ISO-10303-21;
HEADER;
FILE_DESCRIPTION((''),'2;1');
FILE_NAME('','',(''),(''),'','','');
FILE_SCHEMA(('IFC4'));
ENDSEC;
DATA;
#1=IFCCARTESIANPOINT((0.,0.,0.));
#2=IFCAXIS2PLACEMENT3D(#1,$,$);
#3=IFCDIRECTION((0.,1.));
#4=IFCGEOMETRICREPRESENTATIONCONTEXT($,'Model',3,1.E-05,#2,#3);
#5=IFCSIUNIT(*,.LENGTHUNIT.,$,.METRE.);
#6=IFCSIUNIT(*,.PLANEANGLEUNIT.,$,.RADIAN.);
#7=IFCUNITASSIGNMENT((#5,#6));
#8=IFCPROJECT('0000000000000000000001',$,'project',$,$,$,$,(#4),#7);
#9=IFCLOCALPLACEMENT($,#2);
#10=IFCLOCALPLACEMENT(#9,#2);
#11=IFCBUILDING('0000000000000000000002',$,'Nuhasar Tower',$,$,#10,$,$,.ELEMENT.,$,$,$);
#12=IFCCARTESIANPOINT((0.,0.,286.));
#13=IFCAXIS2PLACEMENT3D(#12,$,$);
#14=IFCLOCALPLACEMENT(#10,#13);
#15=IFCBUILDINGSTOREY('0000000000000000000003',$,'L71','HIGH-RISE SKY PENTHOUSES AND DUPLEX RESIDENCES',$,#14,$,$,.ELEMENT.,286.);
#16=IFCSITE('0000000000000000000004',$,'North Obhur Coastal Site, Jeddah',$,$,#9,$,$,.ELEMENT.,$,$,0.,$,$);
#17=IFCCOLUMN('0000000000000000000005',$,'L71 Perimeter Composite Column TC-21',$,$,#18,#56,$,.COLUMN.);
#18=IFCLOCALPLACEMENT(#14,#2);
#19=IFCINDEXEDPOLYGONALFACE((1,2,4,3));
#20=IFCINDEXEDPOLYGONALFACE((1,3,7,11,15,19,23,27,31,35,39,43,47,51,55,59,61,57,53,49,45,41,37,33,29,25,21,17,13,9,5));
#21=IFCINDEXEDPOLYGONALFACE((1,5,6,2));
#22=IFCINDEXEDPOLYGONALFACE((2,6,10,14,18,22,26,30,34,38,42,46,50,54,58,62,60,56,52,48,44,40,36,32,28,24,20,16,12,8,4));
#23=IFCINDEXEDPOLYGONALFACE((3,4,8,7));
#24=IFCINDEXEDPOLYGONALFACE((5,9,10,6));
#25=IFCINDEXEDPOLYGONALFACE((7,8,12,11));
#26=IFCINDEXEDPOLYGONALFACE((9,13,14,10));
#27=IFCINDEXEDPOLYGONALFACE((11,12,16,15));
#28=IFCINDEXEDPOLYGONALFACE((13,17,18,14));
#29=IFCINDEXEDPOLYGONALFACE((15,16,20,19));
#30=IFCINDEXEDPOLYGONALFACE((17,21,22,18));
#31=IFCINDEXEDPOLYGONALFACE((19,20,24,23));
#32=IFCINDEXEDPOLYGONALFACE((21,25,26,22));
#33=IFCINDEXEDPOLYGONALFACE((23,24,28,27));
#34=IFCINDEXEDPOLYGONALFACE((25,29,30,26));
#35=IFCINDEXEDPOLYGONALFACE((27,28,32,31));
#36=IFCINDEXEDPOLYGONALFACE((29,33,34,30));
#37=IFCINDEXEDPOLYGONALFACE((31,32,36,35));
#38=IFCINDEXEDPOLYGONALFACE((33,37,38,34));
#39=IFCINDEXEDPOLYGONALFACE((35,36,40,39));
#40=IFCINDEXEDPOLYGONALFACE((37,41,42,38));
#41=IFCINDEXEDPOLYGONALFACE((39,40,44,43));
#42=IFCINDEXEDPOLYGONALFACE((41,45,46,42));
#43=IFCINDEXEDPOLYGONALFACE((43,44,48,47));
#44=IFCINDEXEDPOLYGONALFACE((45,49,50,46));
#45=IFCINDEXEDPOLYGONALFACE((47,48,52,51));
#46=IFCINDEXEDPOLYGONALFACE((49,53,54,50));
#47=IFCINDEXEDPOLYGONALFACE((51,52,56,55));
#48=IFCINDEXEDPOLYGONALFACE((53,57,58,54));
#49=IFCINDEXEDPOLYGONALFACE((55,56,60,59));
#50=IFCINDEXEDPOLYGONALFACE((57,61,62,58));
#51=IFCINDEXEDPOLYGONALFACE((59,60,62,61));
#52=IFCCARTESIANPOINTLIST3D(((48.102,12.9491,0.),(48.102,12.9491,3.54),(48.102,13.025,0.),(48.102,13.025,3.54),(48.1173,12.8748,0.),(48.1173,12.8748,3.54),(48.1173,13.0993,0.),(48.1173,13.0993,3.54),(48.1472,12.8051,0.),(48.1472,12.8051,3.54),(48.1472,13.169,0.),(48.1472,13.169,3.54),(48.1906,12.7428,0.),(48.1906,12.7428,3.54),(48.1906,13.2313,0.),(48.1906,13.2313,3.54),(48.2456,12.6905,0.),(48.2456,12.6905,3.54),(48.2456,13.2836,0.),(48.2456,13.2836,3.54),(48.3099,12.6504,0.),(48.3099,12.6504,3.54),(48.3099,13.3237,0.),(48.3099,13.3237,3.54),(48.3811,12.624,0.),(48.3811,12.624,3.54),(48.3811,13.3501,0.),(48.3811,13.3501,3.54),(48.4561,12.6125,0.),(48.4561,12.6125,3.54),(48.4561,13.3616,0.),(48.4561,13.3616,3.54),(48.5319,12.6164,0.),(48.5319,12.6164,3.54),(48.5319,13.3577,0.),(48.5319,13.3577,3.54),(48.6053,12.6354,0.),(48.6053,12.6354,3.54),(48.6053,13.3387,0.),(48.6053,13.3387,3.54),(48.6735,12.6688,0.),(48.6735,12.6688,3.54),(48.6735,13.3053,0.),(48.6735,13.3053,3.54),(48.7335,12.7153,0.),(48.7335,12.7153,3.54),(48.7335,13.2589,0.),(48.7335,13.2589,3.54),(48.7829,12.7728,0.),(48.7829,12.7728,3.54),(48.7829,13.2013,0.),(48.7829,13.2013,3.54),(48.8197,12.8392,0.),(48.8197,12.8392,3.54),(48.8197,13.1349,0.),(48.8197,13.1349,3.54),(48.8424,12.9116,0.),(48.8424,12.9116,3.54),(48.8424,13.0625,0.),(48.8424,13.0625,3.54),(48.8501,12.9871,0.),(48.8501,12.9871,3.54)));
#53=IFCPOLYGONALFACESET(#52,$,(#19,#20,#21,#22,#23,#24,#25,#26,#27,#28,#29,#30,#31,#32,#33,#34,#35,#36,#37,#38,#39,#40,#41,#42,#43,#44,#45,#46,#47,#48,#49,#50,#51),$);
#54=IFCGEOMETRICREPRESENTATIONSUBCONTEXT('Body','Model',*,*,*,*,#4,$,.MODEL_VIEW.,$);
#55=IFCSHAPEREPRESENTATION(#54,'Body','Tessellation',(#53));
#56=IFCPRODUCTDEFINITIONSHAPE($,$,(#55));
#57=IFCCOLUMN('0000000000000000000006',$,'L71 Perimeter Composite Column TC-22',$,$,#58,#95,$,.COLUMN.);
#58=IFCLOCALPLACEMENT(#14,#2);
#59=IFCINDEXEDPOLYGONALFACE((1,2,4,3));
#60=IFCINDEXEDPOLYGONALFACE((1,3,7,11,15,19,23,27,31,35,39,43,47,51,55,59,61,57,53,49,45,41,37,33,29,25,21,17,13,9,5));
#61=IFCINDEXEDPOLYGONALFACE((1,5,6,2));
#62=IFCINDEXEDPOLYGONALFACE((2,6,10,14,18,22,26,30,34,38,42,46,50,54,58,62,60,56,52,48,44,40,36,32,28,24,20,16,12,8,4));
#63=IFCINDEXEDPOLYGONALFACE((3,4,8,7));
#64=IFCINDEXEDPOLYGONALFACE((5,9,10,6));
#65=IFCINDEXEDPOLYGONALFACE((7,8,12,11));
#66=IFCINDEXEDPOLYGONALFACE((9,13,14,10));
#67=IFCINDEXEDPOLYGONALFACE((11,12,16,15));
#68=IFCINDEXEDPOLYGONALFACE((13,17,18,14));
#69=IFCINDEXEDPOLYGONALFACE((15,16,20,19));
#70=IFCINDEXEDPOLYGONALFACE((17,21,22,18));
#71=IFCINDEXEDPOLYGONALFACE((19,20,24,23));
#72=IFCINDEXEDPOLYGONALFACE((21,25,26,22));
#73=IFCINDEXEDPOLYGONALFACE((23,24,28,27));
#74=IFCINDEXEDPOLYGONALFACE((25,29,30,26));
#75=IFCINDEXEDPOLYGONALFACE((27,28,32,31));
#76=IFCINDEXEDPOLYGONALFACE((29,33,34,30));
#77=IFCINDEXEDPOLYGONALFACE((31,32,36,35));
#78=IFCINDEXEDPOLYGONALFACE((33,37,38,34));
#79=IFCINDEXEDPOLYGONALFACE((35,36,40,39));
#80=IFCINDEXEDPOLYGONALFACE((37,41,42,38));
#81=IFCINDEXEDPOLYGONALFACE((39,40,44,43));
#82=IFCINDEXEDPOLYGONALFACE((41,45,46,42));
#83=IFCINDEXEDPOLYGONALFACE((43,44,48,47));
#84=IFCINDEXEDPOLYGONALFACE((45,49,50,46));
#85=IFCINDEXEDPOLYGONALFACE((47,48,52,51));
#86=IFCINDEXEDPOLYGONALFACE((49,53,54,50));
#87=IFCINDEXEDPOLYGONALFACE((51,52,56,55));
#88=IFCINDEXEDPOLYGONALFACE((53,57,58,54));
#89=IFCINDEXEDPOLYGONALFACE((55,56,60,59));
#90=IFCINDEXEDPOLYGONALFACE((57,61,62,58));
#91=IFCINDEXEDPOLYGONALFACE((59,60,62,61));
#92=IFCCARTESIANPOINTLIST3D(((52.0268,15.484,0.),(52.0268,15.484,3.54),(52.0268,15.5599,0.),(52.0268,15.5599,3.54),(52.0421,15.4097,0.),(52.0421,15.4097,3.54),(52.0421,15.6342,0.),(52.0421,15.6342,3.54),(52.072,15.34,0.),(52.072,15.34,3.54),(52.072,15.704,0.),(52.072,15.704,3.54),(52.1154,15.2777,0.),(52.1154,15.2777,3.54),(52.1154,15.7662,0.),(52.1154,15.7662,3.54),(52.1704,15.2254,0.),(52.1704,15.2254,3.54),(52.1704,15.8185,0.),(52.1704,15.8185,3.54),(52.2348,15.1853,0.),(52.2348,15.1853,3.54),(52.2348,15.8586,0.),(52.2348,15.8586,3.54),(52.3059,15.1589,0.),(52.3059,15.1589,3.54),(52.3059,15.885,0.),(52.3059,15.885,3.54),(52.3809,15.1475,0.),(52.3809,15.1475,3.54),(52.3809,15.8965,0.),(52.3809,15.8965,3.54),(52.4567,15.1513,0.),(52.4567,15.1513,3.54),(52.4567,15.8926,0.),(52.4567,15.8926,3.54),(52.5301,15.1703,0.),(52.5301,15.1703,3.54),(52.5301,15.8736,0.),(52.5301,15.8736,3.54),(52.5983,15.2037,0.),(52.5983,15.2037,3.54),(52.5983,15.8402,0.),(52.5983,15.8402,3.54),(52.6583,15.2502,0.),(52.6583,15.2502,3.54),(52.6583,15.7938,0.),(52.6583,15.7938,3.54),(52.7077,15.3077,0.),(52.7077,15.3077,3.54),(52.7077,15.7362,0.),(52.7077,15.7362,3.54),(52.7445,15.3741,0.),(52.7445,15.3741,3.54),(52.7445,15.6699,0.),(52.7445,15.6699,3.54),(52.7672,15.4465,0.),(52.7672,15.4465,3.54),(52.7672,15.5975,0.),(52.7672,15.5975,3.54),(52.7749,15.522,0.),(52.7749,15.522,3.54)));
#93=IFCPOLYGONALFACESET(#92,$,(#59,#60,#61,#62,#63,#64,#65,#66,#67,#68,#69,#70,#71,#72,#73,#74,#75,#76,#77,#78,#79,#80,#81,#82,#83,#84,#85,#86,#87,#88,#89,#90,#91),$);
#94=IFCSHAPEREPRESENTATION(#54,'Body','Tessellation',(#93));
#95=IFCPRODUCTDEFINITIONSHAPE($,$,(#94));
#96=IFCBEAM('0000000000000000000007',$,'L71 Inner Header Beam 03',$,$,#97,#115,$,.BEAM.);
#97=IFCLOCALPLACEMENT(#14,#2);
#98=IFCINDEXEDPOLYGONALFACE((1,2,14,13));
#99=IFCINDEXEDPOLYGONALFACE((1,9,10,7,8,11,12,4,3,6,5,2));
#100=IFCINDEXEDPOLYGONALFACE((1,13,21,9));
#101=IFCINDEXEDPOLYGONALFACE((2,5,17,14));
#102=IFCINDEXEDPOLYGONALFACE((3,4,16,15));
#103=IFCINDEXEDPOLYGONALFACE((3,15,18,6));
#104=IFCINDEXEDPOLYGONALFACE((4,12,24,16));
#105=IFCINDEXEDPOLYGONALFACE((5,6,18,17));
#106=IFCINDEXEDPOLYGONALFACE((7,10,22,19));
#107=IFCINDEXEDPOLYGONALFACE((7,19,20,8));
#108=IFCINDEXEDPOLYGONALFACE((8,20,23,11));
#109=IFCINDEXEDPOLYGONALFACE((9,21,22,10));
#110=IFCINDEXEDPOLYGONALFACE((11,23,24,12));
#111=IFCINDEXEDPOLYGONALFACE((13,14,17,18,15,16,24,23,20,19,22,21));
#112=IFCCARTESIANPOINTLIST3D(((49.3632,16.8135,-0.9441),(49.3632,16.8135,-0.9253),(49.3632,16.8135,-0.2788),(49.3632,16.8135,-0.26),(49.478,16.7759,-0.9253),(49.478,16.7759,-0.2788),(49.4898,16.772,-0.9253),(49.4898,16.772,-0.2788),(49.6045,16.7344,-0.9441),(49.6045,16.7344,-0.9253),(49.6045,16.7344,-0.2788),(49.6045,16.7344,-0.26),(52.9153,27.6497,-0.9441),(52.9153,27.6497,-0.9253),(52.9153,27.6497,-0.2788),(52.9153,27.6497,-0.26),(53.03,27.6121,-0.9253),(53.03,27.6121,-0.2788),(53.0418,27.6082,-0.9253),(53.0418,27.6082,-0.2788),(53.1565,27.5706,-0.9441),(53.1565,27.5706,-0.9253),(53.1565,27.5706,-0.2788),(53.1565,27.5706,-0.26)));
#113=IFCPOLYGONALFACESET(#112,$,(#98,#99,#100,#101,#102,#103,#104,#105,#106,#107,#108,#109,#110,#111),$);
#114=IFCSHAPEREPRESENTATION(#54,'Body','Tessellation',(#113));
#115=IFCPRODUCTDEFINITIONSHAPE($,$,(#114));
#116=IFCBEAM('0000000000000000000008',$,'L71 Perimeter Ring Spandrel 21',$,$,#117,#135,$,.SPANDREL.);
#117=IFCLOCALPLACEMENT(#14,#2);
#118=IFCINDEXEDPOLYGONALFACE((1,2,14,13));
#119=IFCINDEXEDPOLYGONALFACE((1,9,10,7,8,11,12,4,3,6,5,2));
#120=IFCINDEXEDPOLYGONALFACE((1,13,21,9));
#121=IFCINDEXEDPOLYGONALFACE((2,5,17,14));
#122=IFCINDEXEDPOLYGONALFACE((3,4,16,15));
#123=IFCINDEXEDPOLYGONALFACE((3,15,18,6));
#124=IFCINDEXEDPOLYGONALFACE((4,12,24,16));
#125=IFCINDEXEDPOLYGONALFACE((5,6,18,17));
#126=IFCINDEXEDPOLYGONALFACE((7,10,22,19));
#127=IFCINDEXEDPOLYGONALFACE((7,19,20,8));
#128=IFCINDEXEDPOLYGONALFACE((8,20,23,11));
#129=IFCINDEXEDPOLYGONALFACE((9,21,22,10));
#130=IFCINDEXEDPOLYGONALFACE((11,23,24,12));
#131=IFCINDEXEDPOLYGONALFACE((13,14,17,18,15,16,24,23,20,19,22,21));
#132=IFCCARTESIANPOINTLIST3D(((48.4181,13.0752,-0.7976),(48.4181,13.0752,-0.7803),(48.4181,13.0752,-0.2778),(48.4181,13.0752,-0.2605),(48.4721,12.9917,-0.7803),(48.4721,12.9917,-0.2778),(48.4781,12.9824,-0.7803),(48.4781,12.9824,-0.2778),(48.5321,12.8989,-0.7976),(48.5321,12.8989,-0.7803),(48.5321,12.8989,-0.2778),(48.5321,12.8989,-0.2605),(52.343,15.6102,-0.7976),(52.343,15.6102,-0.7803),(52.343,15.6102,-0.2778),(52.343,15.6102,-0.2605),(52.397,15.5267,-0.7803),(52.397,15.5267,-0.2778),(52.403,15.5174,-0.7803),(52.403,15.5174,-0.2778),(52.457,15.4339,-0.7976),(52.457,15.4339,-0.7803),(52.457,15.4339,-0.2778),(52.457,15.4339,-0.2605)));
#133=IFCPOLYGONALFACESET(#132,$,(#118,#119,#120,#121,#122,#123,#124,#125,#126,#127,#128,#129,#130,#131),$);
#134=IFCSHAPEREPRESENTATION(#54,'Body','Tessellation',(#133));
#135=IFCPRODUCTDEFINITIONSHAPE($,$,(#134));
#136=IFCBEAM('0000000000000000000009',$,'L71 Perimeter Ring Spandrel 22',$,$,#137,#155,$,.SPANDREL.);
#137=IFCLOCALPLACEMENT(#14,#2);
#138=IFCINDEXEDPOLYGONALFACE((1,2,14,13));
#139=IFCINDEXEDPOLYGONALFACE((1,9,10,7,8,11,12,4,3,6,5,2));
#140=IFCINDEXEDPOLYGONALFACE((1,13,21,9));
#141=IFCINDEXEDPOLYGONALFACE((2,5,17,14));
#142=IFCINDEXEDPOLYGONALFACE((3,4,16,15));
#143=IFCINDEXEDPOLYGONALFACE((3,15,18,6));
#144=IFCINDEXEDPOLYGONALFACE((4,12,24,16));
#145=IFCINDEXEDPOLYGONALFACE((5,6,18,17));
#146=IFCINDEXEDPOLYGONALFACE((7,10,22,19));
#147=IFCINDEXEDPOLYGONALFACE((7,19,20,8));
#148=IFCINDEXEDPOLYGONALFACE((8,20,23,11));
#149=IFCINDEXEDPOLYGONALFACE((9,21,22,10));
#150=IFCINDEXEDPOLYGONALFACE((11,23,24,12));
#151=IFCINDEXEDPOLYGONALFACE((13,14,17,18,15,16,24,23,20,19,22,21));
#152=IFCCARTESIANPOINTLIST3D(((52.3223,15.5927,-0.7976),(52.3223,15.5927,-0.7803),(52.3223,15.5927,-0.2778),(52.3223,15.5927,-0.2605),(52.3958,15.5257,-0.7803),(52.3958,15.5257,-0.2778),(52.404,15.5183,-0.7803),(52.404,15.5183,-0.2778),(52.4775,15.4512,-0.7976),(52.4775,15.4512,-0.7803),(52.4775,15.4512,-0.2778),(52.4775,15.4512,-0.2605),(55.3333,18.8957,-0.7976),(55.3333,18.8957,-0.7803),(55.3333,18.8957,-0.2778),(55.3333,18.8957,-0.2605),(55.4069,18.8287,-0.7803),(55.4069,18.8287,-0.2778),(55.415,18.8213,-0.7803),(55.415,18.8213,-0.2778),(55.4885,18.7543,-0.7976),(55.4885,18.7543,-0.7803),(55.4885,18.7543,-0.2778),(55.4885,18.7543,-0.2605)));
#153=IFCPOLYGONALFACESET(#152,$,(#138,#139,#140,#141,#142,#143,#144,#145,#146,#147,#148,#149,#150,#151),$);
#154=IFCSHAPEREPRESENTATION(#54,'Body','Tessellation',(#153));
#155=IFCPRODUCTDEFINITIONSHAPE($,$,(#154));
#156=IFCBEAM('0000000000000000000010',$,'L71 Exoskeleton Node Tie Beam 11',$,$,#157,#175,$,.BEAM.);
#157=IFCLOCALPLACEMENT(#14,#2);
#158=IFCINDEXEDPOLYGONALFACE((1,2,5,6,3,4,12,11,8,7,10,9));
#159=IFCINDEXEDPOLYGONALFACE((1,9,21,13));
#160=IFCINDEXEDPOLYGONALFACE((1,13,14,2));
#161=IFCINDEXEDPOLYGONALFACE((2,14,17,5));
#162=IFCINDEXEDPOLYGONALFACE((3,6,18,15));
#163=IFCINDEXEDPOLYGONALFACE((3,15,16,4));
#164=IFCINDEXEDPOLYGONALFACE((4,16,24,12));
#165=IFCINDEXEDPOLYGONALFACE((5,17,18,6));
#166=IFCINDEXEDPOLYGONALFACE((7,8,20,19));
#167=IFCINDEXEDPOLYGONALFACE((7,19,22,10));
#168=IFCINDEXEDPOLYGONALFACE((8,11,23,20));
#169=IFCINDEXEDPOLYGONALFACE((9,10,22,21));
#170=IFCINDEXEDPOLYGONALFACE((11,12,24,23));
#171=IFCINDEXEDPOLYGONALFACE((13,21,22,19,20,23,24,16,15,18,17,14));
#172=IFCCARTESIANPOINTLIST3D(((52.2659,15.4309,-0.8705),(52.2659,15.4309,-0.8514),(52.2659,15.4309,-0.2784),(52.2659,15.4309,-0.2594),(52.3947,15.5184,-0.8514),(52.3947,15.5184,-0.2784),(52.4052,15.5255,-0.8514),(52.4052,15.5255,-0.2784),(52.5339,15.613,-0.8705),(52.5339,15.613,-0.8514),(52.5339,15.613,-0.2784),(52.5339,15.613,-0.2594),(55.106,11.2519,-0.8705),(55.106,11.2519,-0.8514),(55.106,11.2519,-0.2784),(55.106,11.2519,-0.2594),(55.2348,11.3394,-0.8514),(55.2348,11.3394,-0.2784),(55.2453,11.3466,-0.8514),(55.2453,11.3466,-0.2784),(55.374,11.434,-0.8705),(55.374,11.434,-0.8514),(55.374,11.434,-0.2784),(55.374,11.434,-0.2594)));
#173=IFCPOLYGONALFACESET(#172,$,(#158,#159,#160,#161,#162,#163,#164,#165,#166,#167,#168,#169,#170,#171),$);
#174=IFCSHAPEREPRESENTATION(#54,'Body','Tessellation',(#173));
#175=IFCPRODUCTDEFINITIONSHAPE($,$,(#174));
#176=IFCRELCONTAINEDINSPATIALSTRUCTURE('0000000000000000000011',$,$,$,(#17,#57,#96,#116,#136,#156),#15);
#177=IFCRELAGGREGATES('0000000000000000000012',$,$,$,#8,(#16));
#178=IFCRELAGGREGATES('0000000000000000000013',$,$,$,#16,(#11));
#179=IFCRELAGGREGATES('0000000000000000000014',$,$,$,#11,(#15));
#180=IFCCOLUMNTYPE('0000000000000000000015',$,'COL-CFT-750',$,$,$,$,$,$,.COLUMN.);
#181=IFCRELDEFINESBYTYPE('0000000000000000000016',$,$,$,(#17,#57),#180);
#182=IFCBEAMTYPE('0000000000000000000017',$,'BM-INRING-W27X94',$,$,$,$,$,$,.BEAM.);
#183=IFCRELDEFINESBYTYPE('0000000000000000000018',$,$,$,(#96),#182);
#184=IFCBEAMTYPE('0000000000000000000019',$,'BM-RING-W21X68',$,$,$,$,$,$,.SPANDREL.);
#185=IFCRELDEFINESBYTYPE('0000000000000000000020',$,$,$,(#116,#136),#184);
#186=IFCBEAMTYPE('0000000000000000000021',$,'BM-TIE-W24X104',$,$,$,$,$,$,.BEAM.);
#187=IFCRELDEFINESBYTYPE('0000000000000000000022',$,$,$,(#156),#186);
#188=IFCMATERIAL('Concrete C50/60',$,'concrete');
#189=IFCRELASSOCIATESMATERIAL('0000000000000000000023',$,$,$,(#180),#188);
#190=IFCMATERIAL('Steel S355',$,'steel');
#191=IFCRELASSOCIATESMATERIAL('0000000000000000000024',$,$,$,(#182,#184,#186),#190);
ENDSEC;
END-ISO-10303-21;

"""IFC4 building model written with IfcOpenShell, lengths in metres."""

from ifc_helpers import new_model, si_unit, direction, frame, origin, origin_2d, place, context, subcontext, project, spatial, circle, i_section, extrude, material, material_profile, profile_set, type_object, element, save


model = new_model("IFC4")

# Units and contexts
model_context = context("Model", 3, precision=1e-05, world=origin(), true_north=direction((0.0, 1.0)))
body_context = subcontext(model_context, "Body", "Model", "MODEL_VIEW")
ifc_project = project(units=[si_unit("LENGTHUNIT", "METRE"), si_unit("PLANEANGLEUNIT", "RADIAN")], contexts=[model_context])

# Site, building, storey
site_placement = place(None, origin())
site = spatial("IfcSite", under=ifc_project, at=site_placement, Name="North Obhur Coastal Site, Jeddah", CompositionType="ELEMENT", RefElevation=0.0)
building_placement = place(site_placement, origin())
building = spatial("IfcBuilding", under=site, at=building_placement, Name="Nuhasar Tower", CompositionType="ELEMENT")
storey_placement = place(building_placement, frame((0.0, 0.0, 286.0)))
storey = spatial("IfcBuildingStorey", under=building, at=storey_placement, Name="L71", Description="HIGH-RISE SKY PENTHOUSES AND DUPLEX RESIDENCES", CompositionType="ELEMENT", Elevation=286.0)

# Columns
ifc_material_1 = material(Name="Concrete C50/60", Category="concrete")
ifc_material_profile_1 = material_profile(ifc_material_1, circle(Radius=0.375, at=origin_2d()), Name="CFT750")
ifc_profile_set_1 = profile_set([ifc_material_profile_1], Name="Concrete C50/60")
column_type = type_object("IfcColumnType", Name="COL-CFT-750", PredefinedType="COLUMN", material=ifc_profile_set_1)
for number, where, z_axis, x_axis, name in (
    (1, (48.4751, 12.9871, 0.0), (0.0, 0.0, 1.0), (1.0, 0.0, 0.0), "L71 Perimeter Composite Column TC-21"),
    (2, (52.3999, 15.522, 0.0), (0.0, 0.0, 1.0), (1.0, 0.0, 0.0), "L71 Perimeter Composite Column TC-22"),
):
    element("IfcColumn", number, at=place(storey_placement, frame(where, z_axis=z_axis, x_axis=x_axis)), inside=storey, type_object=column_type, Name=name, PredefinedType="COLUMN", context=body_context, shape_type="SweptSolid", body=[
        extrude(circle(Radius=0.375, at=origin_2d()), origin(), (0.0, 0.0, 1.0), 3.54),
    ])

# Beams
ifc_material_2 = material(Name="Steel S355", Category="steel")
ifc_material_profile_2 = material_profile(ifc_material_2, i_section(OverallWidth=0.2539, OverallDepth=0.6841, WebThickness=0.0125, FlangeThickness=0.0188, at=origin_2d()), Name="W27X94")
ifc_profile_set_2 = profile_set([ifc_material_profile_2], Name="Steel S355")
beam_type_1 = type_object("IfcBeamType", Name="BM-INRING-W27X94", PredefinedType="BEAM", material=ifc_profile_set_2)
beam_1_placement = place(storey_placement, frame((49.4839, 16.7739, -0.6021), z_axis=(0.311484, 0.950251, 0.0), x_axis=(-0.950251, 0.311484, 0.0)))
element("IfcBeam", 3, at=beam_1_placement, inside=storey, type_object=beam_type_1, Name="L71 Inner Header Beam 03", PredefinedType="BEAM", context=body_context, shape_type="SweptSolid", body=[
    extrude(i_section(OverallWidth=0.2539, OverallDepth=0.6841, WebThickness=0.0125, FlangeThickness=0.0188, at=origin_2d()), origin(), (0.0, 0.0, 1.0), 11.4036),
])
ifc_material_profile_3 = material_profile(ifc_material_2, i_section(OverallWidth=0.21, OverallDepth=0.5371, WebThickness=0.011, FlangeThickness=0.0173, at=origin_2d()), Name="W21X68")
ifc_profile_set_3 = profile_set([ifc_material_profile_3], Name="Steel S355")
beam_type_2 = type_object("IfcBeamType", Name="BM-RING-W21X68", PredefinedType="SPANDREL", material=ifc_profile_set_3)
beam_2_placement = place(storey_placement, frame((48.4751, 12.9871, -0.5291), z_axis=(0.840025, 0.542547, 0.0), x_axis=(-0.542547, 0.840025, 0.0)))
element("IfcBeam", 4, at=beam_2_placement, inside=storey, type_object=beam_type_2, Name="L71 Perimeter Ring Spandrel 21", PredefinedType="SPANDREL", context=body_context, shape_type="SweptSolid", body=[
    extrude(i_section(OverallWidth=0.21, OverallDepth=0.5371, WebThickness=0.011, FlangeThickness=0.0173, at=origin_2d()), origin(), (0.0, 0.0, 1.0), 4.6724),
])
beam_3_placement = place(storey_placement, frame((52.3999, 15.522, -0.5291), z_axis=(0.673686, 0.739017, 0.0), x_axis=(-0.739017, 0.673686, 0.0)))
element("IfcBeam", 5, at=beam_3_placement, inside=storey, type_object=beam_type_2, Name="L71 Perimeter Ring Spandrel 22", PredefinedType="SPANDREL", context=body_context, shape_type="SweptSolid", body=[
    extrude(i_section(OverallWidth=0.21, OverallDepth=0.5371, WebThickness=0.011, FlangeThickness=0.0173, at=origin_2d()), origin(), (0.0, 0.0, 1.0), 4.4695),
])
ifc_material_profile_4 = material_profile(ifc_material_2, i_section(OverallWidth=0.324, OverallDepth=0.6111, WebThickness=0.0127, FlangeThickness=0.019, at=origin_2d()), Name="W24X104")
ifc_profile_set_4 = profile_set([ifc_material_profile_4], Name="Steel S355")
beam_type_3 = type_object("IfcBeamType", Name="BM-TIE-W24X104", PredefinedType="BEAM", material=ifc_profile_set_4)
beam_4_placement = place(storey_placement, frame((52.3999, 15.522, -0.5649), z_axis=(0.562093, -0.827074, 0.0), x_axis=(0.827074, 0.562093, 0.0)))
element("IfcBeam", 6, at=beam_4_placement, inside=storey, type_object=beam_type_3, Name="L71 Exoskeleton Node Tie Beam 11", PredefinedType="BEAM", context=body_context, shape_type="SweptSolid", body=[
    extrude(i_section(OverallWidth=0.324, OverallDepth=0.6111, WebThickness=0.0127, FlangeThickness=0.019, at=origin_2d()), origin(), (0.0, 0.0, 1.0), 5.0527),
])

save(model, "model.ifc")
